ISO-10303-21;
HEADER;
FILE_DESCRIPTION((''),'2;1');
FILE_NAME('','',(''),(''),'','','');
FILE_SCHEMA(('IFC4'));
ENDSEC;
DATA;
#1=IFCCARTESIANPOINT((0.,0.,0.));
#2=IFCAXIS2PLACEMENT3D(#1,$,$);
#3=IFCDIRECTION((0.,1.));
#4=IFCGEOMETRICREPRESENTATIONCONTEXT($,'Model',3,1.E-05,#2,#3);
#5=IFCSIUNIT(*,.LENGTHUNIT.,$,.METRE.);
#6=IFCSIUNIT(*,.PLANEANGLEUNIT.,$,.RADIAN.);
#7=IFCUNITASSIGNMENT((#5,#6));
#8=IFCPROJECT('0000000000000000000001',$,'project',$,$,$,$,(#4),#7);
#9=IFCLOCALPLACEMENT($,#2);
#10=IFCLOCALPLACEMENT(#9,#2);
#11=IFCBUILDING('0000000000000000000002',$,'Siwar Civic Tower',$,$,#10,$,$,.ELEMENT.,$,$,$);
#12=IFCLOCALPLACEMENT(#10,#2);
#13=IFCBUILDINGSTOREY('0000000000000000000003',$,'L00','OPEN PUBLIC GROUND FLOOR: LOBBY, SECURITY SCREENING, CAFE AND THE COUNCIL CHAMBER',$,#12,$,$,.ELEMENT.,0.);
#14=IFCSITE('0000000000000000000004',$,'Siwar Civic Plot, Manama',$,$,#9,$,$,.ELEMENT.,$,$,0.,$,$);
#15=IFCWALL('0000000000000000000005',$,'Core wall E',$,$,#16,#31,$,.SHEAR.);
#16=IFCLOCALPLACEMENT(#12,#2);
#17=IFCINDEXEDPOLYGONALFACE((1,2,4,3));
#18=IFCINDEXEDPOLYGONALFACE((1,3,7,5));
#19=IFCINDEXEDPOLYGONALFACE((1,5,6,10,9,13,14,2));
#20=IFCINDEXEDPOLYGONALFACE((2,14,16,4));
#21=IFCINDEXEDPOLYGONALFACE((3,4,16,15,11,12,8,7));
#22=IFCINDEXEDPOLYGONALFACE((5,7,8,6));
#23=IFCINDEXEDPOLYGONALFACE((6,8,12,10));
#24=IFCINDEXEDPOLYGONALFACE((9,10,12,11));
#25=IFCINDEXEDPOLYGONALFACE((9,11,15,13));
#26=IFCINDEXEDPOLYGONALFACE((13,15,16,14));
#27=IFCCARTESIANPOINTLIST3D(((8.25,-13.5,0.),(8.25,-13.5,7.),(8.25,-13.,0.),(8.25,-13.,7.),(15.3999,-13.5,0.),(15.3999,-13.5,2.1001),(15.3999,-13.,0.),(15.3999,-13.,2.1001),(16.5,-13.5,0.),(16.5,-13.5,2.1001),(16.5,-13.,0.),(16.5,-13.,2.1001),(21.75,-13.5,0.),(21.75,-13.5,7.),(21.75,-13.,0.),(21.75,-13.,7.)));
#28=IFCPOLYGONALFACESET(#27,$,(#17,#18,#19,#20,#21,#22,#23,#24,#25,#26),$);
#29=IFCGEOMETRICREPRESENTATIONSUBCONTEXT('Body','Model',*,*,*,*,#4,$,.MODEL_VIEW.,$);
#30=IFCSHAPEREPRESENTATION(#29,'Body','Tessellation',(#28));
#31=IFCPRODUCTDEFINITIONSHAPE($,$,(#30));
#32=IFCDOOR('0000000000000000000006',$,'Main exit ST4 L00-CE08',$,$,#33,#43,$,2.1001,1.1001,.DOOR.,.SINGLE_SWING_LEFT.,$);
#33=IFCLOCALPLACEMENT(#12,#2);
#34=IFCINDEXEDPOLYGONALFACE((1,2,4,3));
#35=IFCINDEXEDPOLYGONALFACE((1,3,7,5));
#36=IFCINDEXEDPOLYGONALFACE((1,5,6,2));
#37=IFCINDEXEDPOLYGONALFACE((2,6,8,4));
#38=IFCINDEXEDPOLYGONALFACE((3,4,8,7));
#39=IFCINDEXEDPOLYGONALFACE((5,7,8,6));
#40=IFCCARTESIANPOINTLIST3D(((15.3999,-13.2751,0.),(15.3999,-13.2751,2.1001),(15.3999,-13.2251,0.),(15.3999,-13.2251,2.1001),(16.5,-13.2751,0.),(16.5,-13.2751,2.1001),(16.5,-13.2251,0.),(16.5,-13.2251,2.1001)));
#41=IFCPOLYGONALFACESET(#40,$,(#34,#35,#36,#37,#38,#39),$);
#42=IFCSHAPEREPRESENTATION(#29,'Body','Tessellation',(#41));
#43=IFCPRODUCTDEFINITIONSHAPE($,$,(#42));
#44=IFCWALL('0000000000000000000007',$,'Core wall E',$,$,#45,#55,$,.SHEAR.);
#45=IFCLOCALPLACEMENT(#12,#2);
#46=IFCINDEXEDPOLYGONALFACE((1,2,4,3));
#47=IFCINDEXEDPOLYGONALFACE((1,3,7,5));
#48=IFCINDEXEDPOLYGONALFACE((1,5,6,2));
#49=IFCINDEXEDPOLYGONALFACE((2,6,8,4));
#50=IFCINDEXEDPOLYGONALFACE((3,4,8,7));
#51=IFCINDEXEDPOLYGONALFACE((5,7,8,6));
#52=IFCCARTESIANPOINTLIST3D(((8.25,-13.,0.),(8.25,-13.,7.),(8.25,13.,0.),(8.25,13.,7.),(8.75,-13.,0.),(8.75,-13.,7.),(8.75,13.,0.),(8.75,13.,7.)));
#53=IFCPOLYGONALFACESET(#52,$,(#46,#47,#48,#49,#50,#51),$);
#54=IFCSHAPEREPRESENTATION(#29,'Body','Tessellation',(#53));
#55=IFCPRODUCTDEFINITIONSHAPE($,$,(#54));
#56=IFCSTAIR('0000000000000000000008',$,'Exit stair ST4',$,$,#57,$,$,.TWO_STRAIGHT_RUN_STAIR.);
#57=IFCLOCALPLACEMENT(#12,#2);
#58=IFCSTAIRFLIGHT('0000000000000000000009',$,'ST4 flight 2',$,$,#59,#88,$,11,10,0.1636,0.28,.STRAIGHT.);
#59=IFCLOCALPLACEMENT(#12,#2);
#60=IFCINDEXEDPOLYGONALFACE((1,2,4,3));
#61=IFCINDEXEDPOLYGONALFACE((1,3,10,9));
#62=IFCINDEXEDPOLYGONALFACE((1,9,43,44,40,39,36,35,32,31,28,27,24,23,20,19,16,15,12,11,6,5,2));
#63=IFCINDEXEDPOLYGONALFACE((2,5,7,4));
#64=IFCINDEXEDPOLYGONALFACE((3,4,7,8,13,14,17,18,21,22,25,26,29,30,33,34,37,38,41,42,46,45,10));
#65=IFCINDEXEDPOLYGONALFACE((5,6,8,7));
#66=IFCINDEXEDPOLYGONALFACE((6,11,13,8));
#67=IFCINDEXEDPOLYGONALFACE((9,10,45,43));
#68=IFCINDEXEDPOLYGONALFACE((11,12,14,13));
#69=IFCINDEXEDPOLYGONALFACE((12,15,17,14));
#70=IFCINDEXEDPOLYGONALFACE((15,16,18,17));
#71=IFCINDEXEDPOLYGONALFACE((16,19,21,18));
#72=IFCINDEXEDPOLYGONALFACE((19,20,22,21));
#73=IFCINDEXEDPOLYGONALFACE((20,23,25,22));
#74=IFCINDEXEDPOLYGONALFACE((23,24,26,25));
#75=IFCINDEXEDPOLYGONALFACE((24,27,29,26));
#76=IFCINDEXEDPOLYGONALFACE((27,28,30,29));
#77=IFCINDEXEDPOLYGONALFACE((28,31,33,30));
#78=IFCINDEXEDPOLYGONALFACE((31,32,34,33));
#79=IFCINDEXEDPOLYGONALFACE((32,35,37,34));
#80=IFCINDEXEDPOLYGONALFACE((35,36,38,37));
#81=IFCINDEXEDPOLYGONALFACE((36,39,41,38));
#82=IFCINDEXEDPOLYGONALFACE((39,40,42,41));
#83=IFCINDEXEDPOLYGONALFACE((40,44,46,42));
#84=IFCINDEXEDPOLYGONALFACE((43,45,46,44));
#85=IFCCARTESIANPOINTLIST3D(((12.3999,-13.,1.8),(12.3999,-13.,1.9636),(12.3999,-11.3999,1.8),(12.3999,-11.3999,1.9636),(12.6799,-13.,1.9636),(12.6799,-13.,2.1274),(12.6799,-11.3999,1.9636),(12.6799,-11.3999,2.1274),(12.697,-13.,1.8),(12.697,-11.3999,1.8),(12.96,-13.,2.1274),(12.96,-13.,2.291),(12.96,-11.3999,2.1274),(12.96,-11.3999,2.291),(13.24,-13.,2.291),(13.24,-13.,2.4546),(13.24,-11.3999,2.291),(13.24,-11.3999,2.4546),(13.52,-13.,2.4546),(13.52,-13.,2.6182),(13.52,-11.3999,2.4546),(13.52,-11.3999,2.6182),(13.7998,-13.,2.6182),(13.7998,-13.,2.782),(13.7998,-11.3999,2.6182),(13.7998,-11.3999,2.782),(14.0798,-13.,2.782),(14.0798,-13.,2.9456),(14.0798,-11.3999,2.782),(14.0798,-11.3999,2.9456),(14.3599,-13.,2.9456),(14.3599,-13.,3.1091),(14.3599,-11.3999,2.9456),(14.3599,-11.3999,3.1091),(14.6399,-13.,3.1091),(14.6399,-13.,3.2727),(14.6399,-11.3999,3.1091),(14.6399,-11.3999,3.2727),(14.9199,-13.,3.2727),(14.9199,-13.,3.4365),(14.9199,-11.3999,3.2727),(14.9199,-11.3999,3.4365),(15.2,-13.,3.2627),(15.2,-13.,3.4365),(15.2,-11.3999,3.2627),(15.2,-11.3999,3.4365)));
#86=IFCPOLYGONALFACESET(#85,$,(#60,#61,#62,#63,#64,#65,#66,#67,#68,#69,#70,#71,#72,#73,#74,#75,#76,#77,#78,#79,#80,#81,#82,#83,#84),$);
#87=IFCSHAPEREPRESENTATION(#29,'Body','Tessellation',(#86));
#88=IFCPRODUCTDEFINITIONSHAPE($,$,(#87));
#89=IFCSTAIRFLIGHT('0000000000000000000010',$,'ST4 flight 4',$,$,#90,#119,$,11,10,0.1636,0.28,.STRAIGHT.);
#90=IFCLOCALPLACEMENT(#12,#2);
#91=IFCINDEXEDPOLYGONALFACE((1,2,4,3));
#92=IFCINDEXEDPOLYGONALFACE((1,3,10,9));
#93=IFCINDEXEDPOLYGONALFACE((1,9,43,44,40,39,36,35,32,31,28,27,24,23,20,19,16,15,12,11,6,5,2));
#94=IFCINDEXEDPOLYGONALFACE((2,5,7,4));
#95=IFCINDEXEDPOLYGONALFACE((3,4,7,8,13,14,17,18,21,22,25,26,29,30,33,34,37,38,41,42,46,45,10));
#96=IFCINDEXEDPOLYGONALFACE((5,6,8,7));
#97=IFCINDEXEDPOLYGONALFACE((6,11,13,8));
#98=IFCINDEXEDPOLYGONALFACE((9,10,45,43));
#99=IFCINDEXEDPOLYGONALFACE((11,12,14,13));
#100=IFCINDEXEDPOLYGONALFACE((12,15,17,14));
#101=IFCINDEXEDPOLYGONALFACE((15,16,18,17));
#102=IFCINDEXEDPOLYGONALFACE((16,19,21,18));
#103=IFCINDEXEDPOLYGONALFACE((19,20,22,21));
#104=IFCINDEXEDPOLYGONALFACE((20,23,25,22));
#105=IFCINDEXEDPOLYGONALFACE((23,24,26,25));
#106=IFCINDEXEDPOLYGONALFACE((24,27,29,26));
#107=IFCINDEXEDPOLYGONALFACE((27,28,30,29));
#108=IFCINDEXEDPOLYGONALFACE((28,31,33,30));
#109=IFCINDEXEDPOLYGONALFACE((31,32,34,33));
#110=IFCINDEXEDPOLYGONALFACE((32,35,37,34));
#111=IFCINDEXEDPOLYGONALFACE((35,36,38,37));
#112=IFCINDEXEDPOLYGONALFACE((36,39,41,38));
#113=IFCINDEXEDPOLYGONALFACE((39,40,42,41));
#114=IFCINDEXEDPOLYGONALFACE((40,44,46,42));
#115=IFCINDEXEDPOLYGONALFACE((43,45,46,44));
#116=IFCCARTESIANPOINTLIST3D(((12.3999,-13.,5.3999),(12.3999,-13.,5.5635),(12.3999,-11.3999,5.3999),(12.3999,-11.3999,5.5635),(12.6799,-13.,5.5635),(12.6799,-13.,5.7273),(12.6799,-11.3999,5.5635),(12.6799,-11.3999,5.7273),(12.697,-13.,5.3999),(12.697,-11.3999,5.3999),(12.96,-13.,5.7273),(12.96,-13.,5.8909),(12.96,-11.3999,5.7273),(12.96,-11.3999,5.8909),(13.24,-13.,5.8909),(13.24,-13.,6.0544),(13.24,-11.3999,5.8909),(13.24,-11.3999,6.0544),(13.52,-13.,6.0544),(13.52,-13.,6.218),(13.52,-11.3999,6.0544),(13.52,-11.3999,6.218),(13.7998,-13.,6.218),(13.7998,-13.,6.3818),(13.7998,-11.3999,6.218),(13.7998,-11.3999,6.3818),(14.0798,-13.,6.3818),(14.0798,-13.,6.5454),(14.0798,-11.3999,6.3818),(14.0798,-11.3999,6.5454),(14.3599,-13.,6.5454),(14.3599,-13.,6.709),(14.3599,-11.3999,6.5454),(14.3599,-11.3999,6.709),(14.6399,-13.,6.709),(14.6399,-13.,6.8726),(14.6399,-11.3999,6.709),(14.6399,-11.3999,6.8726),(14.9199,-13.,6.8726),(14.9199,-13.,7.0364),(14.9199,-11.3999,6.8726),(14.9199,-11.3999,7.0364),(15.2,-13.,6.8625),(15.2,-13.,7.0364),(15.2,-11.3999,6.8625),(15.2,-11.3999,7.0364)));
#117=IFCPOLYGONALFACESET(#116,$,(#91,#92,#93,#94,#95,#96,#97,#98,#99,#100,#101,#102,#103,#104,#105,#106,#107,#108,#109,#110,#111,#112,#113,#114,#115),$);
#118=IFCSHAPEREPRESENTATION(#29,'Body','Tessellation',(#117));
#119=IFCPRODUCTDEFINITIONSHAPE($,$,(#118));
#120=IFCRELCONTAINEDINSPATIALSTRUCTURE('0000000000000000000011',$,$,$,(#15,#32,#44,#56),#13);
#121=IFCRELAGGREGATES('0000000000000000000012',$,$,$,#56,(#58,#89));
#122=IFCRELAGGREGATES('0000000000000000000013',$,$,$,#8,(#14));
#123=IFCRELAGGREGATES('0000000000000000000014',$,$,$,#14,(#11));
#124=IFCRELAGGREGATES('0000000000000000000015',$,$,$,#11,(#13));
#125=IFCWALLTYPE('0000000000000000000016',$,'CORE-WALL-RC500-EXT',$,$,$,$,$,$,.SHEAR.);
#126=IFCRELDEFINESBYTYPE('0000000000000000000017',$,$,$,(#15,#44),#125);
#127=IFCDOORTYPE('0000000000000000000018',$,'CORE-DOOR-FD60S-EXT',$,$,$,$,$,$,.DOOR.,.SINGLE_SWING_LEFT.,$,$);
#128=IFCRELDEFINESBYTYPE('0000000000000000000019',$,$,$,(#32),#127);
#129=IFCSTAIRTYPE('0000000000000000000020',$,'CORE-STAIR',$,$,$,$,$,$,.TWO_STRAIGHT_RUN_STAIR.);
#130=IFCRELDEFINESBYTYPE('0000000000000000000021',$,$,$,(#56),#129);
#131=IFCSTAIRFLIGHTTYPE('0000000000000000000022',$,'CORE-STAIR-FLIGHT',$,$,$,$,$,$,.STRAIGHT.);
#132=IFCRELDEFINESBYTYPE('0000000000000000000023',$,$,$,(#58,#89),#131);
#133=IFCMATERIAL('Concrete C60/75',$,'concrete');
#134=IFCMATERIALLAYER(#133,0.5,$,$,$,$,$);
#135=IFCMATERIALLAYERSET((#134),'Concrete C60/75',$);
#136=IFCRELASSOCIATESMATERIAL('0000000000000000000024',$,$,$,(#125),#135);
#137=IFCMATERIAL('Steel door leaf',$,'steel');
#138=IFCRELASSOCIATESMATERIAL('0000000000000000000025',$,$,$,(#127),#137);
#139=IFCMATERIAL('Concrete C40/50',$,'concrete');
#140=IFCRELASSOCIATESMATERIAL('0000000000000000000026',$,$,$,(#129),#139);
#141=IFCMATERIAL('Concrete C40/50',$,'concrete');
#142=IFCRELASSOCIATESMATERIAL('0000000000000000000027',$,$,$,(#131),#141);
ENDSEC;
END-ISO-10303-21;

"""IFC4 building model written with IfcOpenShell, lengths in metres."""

from ifc_helpers import new_model, si_unit, direction, frame, frame_2d, origin, place, context, subcontext, project, spatial, polyline, rectangle, outline, extrude, material, layer, layer_set, type_object, element, fill, aggregate, save


model = new_model("IFC4")

# Units and contexts
model_context = context("Model", 3, precision=1e-05, world=origin(), true_north=direction((0.0, 1.0)))
body_context = subcontext(model_context, "Body", "Model", "MODEL_VIEW")
ifc_project = project(units=[si_unit("LENGTHUNIT", "METRE"), si_unit("PLANEANGLEUNIT", "RADIAN")], contexts=[model_context])

# Site, building, storey
site_placement = place(None, origin())
site = spatial("IfcSite", under=ifc_project, at=site_placement, Name="Siwar Civic Plot, Manama", CompositionType="ELEMENT", RefElevation=0.0)
building_placement = place(site_placement, origin())
building = spatial("IfcBuilding", under=site, at=building_placement, Name="Siwar Civic Tower", CompositionType="ELEMENT")
storey_placement = place(building_placement, origin())
storey = spatial("IfcBuildingStorey", under=building, at=storey_placement, Name="L00", Description="OPEN PUBLIC GROUND FLOOR: LOBBY, SECURITY SCREENING, CAFE AND THE COUNCIL CHAMBER", CompositionType="ELEMENT", Elevation=0.0)

# Wall, opening, door
ifc_material_1 = material(Name="Concrete C60/75", Category="concrete")
ifc_layer_1 = layer(ifc_material_1, 0.5)
ifc_layer_set_1 = layer_set([ifc_layer_1], Name="Concrete C60/75")
wall_type_1 = type_object("IfcWallType", Name="CORE-WALL-RC500-EXT", PredefinedType="SHEAR", material=ifc_layer_set_1)
wall_1_placement = place(storey_placement, frame((8.25, -13.25, 0.0), z_axis=(0.0, 0.0, 1.0), x_axis=(1.0, 0.0, 0.0)))
wall_1 = element("IfcWall", 1, at=wall_1_placement, inside=storey, type_object=wall_type_1, Name="Core wall E", PredefinedType="SHEAR", context=body_context, shape_type="SweptSolid", body=[
    extrude(rectangle(XDim=13.5, YDim=0.5, at=frame_2d((6.75, 0.0))), origin(), (0.0, 0.0, 1.0), 7.0),
])
opening_1_placement = place(wall_1_placement, frame((7.1499, 0.0, 0.0)))
opening_1 = element("IfcOpeningElement", 2, at=opening_1_placement, cuts=wall_1, PredefinedType="OPENING", context=body_context, shape_type="SweptSolid", body=[
    extrude(rectangle(XDim=1.1001, YDim=2.1001, at=frame_2d((0.55, 1.05))), frame((0.0, 0.26, 0.0), z_axis=(0.0, -1.0, 0.0), x_axis=(1.0, 0.0, 0.0)), (0.0, 0.0, 1.0), 0.52),
])
ifc_material_2 = material(Name="Steel door leaf", Category="steel")
door_type_1 = type_object("IfcDoorType", Name="CORE-DOOR-FD60S-EXT", OperationType="SINGLE_SWING_LEFT", PredefinedType="DOOR", material=ifc_material_2)
door_1_placement = place(opening_1_placement, frame((1.1001, 0.0, 0.0), z_axis=(0.0, 0.0, 1.0), x_axis=(-1.0, 0.0, 0.0)))
door_1 = element("IfcDoor", 3, at=door_1_placement, inside=storey, type_object=door_type_1, Name="Main exit ST4 L00-CE08", OperationType="SINGLE_SWING_LEFT", OverallHeight=2.1001, OverallWidth=1.1001, PredefinedType="DOOR", context=body_context, shape_type="SweptSolid", body=[
    extrude(rectangle(XDim=1.1001, YDim=2.1001, at=frame_2d((0.55, 1.05))), frame((0.0, 0.0251, 0.0), z_axis=(0.0, -1.0, 0.0), x_axis=(1.0, 0.0, 0.0)), (0.0, 0.0, 1.0), 0.05),
])
fill(opening_1, door_1)

# Wall
wall_2_placement = place(storey_placement, frame((8.5, -13.0, 0.0), z_axis=(0.0, 0.0, 1.0), x_axis=(0.0, 1.0, 0.0)))
element("IfcWall", 4, at=wall_2_placement, inside=storey, type_object=wall_type_1, Name="Core wall E", PredefinedType="SHEAR", context=body_context, shape_type="SweptSolid", body=[
    extrude(rectangle(XDim=26.0, YDim=0.5, at=frame_2d((13.0, 0.0))), origin(), (0.0, 0.0, 1.0), 7.0),
])

# Stair, stair flights
ifc_material_3 = material(Name="Concrete C40/50", Category="concrete")
stair_type = type_object("IfcStairType", Name="CORE-STAIR", PredefinedType="TWO_STRAIGHT_RUN_STAIR", material=ifc_material_3)
stair_placement = place(storey_placement, origin())
stair = element("IfcStair", 5, at=stair_placement, inside=storey, type_object=stair_type, Name="Exit stair ST4", PredefinedType="TWO_STRAIGHT_RUN_STAIR")
ifc_material_4 = material(Name="Concrete C40/50", Category="concrete")
stair_flight_type = type_object("IfcStairFlightType", Name="CORE-STAIR-FLIGHT", PredefinedType="STRAIGHT", material=ifc_material_4)
stair_flight_1_placement = place(storey_placement, frame((12.3999, -12.2, 1.8), z_axis=(0.0, 0.0, 1.0), x_axis=(1.0, 0.0, 0.0)))
stair_flight_1 = element("IfcStairFlight", 6, at=stair_flight_1_placement, type_object=stair_flight_type, Name="ST4 flight 2", NumberOfRisers=11, NumberOfTreads=10, PredefinedType="STRAIGHT", RiserHeight=0.1636, TreadLength=0.28, context=body_context, shape_type="SweptSolid", body=[
    extrude(outline(polyline([(0.0, 0.0), (0.0, 0.1636), (0.28, 0.1636), (0.28, 0.3274), (0.5601, 0.3274), (0.5601, 0.491), (0.8401, 0.491), (0.8401, 0.6545), (1.1201, 0.6545), (1.1201, 0.8181), (1.3999, 0.8181), (1.3999, 0.9819), (1.6799, 0.9819), (1.6799, 1.1455), (1.96, 1.1455), (1.96, 1.3091), (2.24, 1.3091), (2.24, 1.4727), (2.52, 1.4727), (2.52, 1.6365), (2.8, 1.6365), (2.8, 1.8), (2.8, 1.4626), (0.2971, 0.0), (0.0, 0.0)])), frame((0.0, 0.8, 0.0), z_axis=(0.0, -1.0, 0.0), x_axis=(1.0, 0.0, 0.0)), (0.0, 0.0, 1.0), 1.6001),
])
stair_flight_2_placement = place(storey_placement, frame((12.3999, -12.2, 5.3999), z_axis=(0.0, 0.0, 1.0), x_axis=(1.0, 0.0, 0.0)))
stair_flight_2 = element("IfcStairFlight", 7, at=stair_flight_2_placement, type_object=stair_flight_type, Name="ST4 flight 4", NumberOfRisers=11, NumberOfTreads=10, PredefinedType="STRAIGHT", RiserHeight=0.1636, TreadLength=0.28, context=body_context, shape_type="SweptSolid", body=[
    extrude(outline(polyline([(0.0, 0.0), (0.0, 0.1636), (0.28, 0.1636), (0.28, 0.3274), (0.5601, 0.3274), (0.5601, 0.491), (0.8401, 0.491), (0.8401, 0.6545), (1.1201, 0.6545), (1.1201, 0.8181), (1.3999, 0.8181), (1.3999, 0.9819), (1.6799, 0.9819), (1.6799, 1.1455), (1.96, 1.1455), (1.96, 1.3091), (2.24, 1.3091), (2.24, 1.4727), (2.52, 1.4727), (2.52, 1.6365), (2.8, 1.6365), (2.8, 1.8), (2.8, 1.4626), (0.2971, 0.0), (0.0, 0.0)])), frame((0.0, 0.8, 0.0), z_axis=(0.0, -1.0, 0.0), x_axis=(1.0, 0.0, 0.0)), (0.0, 0.0, 1.0), 1.6001),
])
aggregate(stair, [stair_flight_1, stair_flight_2])

save(model, "model.ifc")
